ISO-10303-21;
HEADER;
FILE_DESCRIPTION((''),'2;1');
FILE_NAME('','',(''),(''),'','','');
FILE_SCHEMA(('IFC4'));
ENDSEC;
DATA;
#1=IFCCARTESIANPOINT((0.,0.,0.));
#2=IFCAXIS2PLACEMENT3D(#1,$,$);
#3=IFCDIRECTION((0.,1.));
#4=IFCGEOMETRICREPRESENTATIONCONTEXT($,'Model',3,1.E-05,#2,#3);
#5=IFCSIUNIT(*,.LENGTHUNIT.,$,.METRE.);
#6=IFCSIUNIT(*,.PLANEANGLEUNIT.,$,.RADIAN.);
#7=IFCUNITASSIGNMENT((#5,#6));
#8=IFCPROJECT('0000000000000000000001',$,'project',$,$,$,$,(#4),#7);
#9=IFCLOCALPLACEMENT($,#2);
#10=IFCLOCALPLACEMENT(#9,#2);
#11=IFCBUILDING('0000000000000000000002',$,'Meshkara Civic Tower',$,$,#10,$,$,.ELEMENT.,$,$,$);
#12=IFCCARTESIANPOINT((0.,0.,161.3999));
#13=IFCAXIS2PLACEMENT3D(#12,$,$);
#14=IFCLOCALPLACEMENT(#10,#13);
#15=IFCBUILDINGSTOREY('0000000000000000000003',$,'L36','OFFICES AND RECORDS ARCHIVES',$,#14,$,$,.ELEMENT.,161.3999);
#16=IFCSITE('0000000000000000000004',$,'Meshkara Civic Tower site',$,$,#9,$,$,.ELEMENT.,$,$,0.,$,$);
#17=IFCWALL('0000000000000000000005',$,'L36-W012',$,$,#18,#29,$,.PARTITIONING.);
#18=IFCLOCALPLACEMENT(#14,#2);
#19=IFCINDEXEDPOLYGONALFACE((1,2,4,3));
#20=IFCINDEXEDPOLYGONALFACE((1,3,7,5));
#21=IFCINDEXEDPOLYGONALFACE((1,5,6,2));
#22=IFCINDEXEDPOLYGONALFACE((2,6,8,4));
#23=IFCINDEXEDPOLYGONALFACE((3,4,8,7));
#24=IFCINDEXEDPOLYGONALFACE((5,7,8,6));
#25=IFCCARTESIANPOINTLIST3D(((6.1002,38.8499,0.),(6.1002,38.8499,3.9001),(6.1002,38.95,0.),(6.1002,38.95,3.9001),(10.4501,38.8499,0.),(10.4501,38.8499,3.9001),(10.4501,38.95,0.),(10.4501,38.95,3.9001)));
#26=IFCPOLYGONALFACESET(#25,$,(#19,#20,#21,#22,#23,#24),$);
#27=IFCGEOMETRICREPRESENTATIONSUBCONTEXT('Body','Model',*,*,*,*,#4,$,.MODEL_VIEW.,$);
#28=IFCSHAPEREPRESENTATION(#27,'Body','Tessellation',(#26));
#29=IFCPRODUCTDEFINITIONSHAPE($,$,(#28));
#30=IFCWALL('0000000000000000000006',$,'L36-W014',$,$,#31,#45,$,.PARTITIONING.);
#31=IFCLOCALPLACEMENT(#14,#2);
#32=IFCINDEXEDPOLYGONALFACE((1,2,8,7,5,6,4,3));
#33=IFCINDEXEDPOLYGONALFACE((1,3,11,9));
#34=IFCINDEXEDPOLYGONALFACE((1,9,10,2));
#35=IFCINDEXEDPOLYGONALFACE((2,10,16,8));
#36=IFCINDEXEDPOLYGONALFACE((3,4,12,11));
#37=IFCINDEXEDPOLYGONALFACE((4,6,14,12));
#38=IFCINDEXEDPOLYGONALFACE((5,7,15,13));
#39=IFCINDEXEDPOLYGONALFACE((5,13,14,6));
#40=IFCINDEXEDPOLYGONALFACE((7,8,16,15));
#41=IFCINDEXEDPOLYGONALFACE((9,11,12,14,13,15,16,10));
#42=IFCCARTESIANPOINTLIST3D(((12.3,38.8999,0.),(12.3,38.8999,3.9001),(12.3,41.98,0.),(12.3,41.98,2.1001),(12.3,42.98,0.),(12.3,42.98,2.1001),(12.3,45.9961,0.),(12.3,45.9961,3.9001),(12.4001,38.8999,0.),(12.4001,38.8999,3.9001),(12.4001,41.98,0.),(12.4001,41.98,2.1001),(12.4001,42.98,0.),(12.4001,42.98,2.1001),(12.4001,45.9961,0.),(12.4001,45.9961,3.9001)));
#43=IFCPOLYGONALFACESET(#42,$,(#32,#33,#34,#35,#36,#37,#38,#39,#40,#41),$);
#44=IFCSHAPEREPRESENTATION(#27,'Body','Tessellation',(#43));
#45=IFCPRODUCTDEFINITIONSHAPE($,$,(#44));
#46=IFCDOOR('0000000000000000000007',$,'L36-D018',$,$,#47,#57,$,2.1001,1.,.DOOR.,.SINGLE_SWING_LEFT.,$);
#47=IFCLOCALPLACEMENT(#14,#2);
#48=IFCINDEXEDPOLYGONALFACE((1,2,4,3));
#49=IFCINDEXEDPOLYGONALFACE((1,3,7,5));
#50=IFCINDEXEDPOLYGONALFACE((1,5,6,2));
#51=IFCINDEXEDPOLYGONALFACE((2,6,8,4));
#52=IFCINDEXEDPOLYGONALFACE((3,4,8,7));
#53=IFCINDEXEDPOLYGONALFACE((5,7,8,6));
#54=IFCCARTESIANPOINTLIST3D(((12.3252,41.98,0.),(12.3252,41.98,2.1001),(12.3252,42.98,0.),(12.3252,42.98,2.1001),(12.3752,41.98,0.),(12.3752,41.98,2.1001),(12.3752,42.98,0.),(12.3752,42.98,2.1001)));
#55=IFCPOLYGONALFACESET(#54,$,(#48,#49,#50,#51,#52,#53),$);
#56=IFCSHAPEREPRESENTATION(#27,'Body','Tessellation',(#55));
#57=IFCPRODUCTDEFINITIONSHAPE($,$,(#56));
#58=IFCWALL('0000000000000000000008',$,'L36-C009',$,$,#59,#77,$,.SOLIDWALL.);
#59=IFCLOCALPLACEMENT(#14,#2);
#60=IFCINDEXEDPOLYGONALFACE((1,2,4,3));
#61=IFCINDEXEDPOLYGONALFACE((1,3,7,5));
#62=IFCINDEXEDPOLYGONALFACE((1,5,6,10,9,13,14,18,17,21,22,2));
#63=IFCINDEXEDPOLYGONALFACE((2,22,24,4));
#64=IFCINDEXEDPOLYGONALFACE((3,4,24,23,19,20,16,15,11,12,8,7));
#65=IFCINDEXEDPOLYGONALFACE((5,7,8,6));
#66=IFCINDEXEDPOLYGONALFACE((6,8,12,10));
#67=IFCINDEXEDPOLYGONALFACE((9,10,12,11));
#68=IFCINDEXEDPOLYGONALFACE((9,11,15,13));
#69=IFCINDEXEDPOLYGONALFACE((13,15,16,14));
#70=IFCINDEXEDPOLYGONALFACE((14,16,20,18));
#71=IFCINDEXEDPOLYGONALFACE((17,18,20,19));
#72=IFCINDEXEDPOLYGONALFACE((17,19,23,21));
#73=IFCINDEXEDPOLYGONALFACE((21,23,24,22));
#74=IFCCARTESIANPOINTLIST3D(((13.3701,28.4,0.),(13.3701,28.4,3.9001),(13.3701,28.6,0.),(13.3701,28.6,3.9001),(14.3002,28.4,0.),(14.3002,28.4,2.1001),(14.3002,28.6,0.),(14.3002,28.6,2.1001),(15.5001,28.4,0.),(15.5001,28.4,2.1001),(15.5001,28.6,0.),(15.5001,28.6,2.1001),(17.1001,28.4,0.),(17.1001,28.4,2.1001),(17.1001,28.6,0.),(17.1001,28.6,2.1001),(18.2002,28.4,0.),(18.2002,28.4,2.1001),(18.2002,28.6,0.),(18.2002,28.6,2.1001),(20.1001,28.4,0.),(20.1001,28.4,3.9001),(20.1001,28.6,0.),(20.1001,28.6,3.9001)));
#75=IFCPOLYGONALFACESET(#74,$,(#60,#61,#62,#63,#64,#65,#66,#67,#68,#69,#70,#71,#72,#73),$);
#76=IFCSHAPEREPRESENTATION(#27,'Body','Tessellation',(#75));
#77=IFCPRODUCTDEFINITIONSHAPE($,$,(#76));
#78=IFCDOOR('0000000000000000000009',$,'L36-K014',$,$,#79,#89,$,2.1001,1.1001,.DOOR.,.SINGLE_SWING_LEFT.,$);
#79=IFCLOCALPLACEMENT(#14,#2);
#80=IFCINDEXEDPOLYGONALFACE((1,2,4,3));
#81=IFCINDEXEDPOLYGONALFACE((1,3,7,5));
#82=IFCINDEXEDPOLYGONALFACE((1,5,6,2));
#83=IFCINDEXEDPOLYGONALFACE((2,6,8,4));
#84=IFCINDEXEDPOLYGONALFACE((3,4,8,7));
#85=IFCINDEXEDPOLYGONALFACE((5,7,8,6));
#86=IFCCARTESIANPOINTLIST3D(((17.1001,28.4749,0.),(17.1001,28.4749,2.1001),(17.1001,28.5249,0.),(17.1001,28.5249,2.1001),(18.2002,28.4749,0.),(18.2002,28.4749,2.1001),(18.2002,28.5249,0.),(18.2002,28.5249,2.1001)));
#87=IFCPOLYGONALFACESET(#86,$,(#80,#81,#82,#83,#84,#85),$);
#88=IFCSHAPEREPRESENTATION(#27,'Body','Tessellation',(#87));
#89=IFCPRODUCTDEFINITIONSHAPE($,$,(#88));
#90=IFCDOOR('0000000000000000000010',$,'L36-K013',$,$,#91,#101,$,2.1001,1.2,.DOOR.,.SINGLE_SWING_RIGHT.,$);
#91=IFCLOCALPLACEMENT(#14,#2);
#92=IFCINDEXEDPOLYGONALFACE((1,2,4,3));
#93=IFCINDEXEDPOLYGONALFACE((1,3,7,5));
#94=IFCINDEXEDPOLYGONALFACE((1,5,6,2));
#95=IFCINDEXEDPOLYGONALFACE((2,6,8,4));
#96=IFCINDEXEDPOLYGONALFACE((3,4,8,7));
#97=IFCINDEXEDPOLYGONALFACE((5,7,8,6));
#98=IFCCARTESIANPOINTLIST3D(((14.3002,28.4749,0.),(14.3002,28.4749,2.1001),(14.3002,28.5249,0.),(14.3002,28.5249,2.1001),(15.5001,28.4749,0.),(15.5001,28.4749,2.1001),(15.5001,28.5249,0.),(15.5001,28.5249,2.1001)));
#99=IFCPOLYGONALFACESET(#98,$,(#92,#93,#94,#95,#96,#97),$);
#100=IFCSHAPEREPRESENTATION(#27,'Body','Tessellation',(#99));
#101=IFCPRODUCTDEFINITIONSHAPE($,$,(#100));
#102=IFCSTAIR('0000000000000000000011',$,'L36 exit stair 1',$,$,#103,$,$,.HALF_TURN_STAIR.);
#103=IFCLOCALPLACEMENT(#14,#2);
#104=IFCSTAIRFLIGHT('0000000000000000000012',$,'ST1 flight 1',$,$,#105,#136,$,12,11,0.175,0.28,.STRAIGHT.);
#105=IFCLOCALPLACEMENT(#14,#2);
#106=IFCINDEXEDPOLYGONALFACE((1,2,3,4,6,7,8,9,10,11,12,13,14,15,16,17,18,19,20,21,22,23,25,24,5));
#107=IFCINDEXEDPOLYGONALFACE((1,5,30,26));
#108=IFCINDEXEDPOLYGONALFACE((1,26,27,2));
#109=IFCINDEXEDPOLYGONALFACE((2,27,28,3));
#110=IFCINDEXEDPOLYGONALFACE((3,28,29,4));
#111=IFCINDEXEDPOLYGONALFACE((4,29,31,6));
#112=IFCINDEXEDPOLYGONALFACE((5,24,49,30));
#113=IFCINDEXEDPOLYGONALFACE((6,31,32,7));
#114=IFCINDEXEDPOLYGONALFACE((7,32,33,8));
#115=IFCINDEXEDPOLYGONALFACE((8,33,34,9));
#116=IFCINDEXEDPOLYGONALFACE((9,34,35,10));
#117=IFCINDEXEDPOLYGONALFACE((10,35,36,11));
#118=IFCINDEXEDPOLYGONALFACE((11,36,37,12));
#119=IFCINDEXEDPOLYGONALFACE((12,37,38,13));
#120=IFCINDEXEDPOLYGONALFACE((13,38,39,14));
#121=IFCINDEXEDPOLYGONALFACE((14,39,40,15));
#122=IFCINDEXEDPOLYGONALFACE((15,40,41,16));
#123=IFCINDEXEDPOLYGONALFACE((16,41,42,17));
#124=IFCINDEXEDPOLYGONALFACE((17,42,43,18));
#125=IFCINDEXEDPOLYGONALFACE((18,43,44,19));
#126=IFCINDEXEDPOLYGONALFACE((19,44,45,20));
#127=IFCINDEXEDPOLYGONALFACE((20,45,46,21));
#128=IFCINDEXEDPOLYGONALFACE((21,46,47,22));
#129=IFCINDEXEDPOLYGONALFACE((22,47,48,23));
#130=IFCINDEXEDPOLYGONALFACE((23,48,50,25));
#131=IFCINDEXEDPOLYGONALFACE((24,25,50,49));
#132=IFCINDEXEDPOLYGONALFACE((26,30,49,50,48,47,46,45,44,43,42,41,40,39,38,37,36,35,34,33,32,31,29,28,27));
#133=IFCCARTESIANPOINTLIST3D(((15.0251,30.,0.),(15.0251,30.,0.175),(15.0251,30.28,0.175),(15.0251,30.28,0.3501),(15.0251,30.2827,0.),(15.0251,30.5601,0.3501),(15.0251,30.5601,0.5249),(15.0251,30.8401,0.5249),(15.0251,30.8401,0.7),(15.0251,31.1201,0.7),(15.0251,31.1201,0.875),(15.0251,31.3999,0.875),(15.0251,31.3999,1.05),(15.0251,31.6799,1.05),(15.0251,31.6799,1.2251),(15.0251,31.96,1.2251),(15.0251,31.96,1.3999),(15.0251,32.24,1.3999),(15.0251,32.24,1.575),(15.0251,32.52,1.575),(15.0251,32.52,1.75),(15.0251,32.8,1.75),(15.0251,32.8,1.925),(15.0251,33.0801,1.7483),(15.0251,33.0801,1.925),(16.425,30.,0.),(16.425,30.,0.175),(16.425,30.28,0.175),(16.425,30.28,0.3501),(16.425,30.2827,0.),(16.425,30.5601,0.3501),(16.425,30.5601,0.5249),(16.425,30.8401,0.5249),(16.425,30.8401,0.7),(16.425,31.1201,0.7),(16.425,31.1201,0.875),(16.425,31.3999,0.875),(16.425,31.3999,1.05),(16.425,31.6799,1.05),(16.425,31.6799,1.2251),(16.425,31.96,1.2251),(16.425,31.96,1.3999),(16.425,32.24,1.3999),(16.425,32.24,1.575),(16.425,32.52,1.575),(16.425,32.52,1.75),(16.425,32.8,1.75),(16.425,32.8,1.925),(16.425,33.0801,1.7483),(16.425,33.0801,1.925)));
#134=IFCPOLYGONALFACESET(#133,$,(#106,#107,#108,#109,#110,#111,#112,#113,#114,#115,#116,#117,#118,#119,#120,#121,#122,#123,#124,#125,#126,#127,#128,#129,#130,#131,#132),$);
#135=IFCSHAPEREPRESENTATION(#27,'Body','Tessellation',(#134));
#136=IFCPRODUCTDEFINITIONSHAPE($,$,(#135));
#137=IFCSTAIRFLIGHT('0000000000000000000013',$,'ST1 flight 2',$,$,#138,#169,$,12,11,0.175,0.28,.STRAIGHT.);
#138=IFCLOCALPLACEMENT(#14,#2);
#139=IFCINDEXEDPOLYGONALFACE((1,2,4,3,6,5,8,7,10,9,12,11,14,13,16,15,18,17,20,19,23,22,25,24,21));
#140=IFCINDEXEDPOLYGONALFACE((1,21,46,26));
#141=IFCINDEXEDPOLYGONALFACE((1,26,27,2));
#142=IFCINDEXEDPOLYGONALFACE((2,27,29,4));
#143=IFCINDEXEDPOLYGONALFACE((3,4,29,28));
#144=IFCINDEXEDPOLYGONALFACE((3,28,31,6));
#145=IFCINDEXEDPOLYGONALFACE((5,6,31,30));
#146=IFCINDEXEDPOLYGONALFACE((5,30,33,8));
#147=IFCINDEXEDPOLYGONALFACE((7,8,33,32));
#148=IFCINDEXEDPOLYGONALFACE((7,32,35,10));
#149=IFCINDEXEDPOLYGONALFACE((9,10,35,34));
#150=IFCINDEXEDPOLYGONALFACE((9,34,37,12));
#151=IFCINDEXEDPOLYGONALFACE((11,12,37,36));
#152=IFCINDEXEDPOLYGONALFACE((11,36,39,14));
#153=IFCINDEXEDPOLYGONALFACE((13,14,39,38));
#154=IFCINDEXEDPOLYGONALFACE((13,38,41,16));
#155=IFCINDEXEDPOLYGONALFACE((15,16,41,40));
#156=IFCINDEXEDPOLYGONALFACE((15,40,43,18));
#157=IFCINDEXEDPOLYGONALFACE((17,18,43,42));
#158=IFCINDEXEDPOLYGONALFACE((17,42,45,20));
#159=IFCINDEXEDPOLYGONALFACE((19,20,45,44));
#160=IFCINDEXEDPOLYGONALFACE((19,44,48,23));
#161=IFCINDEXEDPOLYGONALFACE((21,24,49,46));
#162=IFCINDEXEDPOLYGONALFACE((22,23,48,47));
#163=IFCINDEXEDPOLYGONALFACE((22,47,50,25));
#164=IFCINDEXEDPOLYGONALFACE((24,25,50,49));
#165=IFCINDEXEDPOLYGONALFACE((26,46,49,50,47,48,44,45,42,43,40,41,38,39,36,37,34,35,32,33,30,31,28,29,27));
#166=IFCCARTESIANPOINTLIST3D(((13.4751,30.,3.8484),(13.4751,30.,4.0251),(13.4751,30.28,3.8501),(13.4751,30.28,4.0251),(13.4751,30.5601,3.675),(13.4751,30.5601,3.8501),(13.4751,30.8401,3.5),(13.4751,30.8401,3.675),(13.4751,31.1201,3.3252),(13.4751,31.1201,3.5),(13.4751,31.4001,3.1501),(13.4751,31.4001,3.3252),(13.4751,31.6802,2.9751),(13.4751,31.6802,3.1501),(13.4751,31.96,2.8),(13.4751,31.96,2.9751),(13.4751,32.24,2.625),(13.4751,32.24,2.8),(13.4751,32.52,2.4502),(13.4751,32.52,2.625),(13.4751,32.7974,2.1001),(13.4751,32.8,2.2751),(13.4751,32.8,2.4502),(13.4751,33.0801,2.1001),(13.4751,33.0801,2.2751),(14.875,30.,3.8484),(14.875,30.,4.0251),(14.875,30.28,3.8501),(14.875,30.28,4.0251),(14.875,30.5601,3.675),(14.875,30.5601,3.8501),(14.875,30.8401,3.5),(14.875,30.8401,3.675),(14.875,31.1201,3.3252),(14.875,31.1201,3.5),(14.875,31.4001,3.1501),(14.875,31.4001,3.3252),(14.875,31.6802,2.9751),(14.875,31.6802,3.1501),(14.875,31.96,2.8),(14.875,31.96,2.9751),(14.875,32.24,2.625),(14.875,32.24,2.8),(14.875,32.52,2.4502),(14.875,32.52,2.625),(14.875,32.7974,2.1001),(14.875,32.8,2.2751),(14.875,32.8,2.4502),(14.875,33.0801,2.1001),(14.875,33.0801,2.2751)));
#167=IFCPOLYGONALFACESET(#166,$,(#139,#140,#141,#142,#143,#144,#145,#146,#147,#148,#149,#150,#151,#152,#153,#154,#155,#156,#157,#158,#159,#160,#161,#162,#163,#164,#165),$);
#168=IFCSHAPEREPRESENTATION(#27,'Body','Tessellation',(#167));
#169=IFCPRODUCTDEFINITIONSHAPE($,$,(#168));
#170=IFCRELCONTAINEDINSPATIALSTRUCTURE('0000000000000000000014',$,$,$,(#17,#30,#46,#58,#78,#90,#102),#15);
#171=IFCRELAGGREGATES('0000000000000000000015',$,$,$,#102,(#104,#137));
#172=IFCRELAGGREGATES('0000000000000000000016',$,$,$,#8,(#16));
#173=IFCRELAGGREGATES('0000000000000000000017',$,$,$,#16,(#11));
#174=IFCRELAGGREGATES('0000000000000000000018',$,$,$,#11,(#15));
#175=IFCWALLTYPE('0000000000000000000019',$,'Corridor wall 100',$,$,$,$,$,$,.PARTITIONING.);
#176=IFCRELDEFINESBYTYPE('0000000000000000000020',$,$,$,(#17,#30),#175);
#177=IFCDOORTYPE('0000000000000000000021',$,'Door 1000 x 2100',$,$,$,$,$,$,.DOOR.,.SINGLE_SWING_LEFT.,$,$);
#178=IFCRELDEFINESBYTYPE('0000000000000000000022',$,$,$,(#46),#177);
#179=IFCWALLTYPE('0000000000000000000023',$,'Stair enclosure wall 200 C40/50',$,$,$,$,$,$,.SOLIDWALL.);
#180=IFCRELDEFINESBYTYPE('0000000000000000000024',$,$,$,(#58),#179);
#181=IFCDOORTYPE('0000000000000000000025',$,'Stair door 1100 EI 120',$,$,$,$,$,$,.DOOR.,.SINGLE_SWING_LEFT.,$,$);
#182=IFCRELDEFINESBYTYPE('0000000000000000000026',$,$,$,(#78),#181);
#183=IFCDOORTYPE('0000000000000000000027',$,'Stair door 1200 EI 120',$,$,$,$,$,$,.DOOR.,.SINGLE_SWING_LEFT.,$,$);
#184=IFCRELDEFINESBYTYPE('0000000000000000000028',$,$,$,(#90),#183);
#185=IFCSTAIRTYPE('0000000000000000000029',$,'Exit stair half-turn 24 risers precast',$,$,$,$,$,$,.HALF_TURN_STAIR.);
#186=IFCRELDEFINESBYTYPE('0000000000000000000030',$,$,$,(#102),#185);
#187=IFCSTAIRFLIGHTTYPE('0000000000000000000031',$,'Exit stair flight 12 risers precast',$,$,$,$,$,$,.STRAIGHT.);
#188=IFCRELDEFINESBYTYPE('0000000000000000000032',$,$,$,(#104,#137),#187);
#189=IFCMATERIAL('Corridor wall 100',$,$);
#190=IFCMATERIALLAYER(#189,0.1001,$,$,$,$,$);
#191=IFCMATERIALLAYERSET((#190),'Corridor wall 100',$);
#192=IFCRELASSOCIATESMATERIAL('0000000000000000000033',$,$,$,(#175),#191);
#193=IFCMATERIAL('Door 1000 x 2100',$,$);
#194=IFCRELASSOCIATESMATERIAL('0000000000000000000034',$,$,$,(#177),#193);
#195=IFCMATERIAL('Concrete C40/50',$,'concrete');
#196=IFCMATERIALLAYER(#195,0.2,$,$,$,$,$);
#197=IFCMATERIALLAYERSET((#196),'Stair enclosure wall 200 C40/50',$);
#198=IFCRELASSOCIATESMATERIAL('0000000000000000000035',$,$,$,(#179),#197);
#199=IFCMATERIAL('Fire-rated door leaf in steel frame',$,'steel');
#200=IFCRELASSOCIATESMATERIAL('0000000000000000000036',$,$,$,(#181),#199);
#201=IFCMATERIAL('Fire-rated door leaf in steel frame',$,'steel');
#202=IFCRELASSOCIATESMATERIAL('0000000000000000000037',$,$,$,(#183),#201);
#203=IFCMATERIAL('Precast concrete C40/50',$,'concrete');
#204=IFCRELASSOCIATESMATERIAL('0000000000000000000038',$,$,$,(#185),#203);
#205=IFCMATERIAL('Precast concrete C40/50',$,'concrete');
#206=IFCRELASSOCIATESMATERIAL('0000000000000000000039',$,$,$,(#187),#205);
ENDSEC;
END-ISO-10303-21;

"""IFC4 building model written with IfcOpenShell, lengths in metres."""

from ifc_helpers import new_model, si_unit, direction, frame, frame_2d, origin, place, context, subcontext, project, spatial, polyline, rectangle, outline, extrude, material, layer, layer_set, type_object, element, fill, aggregate, save


model = new_model("IFC4")

# Units and contexts
model_context = context("Model", 3, precision=1e-05, world=origin(), true_north=direction((0.0, 1.0)))
body_context = subcontext(model_context, "Body", "Model", "MODEL_VIEW")
ifc_project = project(units=[si_unit("LENGTHUNIT", "METRE"), si_unit("PLANEANGLEUNIT", "RADIAN")], contexts=[model_context])

# Site, building, storey
site_placement = place(None, origin())
site = spatial("IfcSite", under=ifc_project, at=site_placement, Name="Meshkara Civic Tower site", CompositionType="ELEMENT", RefElevation=0.0)
building_placement = place(site_placement, origin())
building = spatial("IfcBuilding", under=site, at=building_placement, Name="Meshkara Civic Tower", CompositionType="ELEMENT")
storey_placement = place(building_placement, frame((0.0, 0.0, 161.3999)))
storey = spatial("IfcBuildingStorey", under=building, at=storey_placement, Name="L36", Description="OFFICES AND RECORDS ARCHIVES", CompositionType="ELEMENT", Elevation=161.3999)

# Shared definitions
ifc_material_1 = material(Name="Corridor wall 100")
ifc_layer_1 = layer(ifc_material_1, 0.1001)
ifc_layer_set_1 = layer_set([ifc_layer_1], Name="Corridor wall 100")
wall_type_1 = type_object("IfcWallType", Name="Corridor wall 100", PredefinedType="PARTITIONING", material=ifc_layer_set_1)
ifc_material_2 = material(Name="Door 1000 x 2100")
door_type_1 = type_object("IfcDoorType", Name="Door 1000 x 2100", OperationType="SINGLE_SWING_LEFT", PredefinedType="DOOR", material=ifc_material_2)

# Wall
wall_1_placement = place(storey_placement, frame((10.45, 38.8999, 0.0), z_axis=(0.0, 0.0, 1.0), x_axis=(-1.0, 0.0, 0.0)))
element("IfcWall", 1, at=wall_1_placement, inside=storey, type_object=wall_type_1, Name="L36-W012", PredefinedType="PARTITIONING", context=body_context, shape_type="SweptSolid", body=[
    extrude(rectangle(XDim=4.3499, YDim=0.1001, at=frame_2d((2.1748, 0.0))), origin(), (0.0, 0.0, 1.0), 3.9001),
])

# Wall, opening, door
wall_2_placement = place(storey_placement, frame((12.3501, 38.8999, 0.0), z_axis=(0.0, 0.0, 1.0), x_axis=(0.0, 1.0, 0.0)))
wall_2 = element("IfcWall", 2, at=wall_2_placement, inside=storey, type_object=wall_type_1, Name="L36-W014", PredefinedType="PARTITIONING", context=body_context, shape_type="SweptSolid", body=[
    extrude(rectangle(XDim=7.0962, YDim=0.1001, at=frame_2d((3.5481, 0.0))), origin(), (0.0, 0.0, 1.0), 3.9001),
])
opening_1_placement = place(wall_2_placement, frame((3.0801, 0.0, 0.0)))
opening_1 = element("IfcOpeningElement", 3, at=opening_1_placement, cuts=wall_2, PredefinedType="OPENING", context=body_context, shape_type="SweptSolid", body=[
    extrude(rectangle(XDim=1.0, YDim=2.1001, at=frame_2d((0.5, 1.05))), frame((0.0, 0.0601, 0.0), z_axis=(0.0, -1.0, 0.0), x_axis=(1.0, 0.0, 0.0)), (0.0, 0.0, 1.0), 0.1201),
])
door_1_placement = place(opening_1_placement, origin())
door_1 = element("IfcDoor", 4, at=door_1_placement, inside=storey, type_object=door_type_1, Name="L36-D018", OperationType="SINGLE_SWING_LEFT", OverallHeight=2.1001, OverallWidth=1.0, PredefinedType="DOOR", context=body_context, shape_type="SweptSolid", body=[
    extrude(rectangle(XDim=1.0, YDim=2.1001, at=frame_2d((0.5, 1.05))), frame((0.0, 0.0249, 0.0), z_axis=(0.0, -1.0, 0.0), x_axis=(1.0, 0.0, 0.0)), (0.0, 0.0, 1.0), 0.05),
])
fill(opening_1, door_1)

# Wall, openings, doors
ifc_material_3 = material(Name="Concrete C40/50", Category="concrete")
ifc_layer_2 = layer(ifc_material_3, 0.2)
ifc_layer_set_2 = layer_set([ifc_layer_2], Name="Stair enclosure wall 200 C40/50")
wall_type_2 = type_object("IfcWallType", Name="Stair enclosure wall 200 C40/50", PredefinedType="SOLIDWALL", material=ifc_layer_set_2)
wall_3_placement = place(storey_placement, frame((13.3701, 28.5, 0.0), z_axis=(0.0, 0.0, 1.0), x_axis=(1.0, 0.0, 0.0)))
wall_3 = element("IfcWall", 5, at=wall_3_placement, inside=storey, type_object=wall_type_2, Name="L36-C009", PredefinedType="SOLIDWALL", context=body_context, shape_type="SweptSolid", body=[
    extrude(rectangle(XDim=6.73, YDim=0.2, at=frame_2d((3.365, 0.0))), origin(), (0.0, 0.0, 1.0), 3.9001),
])
opening_2_placement = place(wall_3_placement, frame((0.9299, 0.0, 0.0)))
opening_2 = element("IfcOpeningElement", 6, at=opening_2_placement, cuts=wall_3, PredefinedType="OPENING", context=body_context, shape_type="SweptSolid", body=[
    extrude(rectangle(XDim=1.2, YDim=2.1001, at=frame_2d((0.6001, 1.05))), frame((0.0, 0.1099, 0.0), z_axis=(0.0, -1.0, 0.0), x_axis=(1.0, 0.0, 0.0)), (0.0, 0.0, 1.0), 0.22),
])
opening_3_placement = place(wall_3_placement, frame((3.73, 0.0, 0.0)))
opening_3 = element("IfcOpeningElement", 7, at=opening_3_placement, cuts=wall_3, PredefinedType="OPENING", context=body_context, shape_type="SweptSolid", body=[
    extrude(rectangle(XDim=1.1001, YDim=2.1001, at=frame_2d((0.55, 1.05))), frame((0.0, 0.1099, 0.0), z_axis=(0.0, -1.0, 0.0), x_axis=(1.0, 0.0, 0.0)), (0.0, 0.0, 1.0), 0.22),
])
ifc_material_4 = material(Name="Fire-rated door leaf in steel frame", Category="steel")
door_type_2 = type_object("IfcDoorType", Name="Stair door 1100 EI 120", OperationType="SINGLE_SWING_LEFT", PredefinedType="DOOR", material=ifc_material_4)
door_2_placement = place(opening_3_placement, origin())
door_2 = element("IfcDoor", 8, at=door_2_placement, inside=storey, type_object=door_type_2, Name="L36-K014", OperationType="SINGLE_SWING_LEFT", OverallHeight=2.1001, OverallWidth=1.1001, PredefinedType="DOOR", context=body_context, shape_type="SweptSolid", body=[
    extrude(rectangle(XDim=1.1001, YDim=2.1001, at=frame_2d((0.55, 1.05))), frame((0.0, 0.0249, 0.0), z_axis=(0.0, -1.0, 0.0), x_axis=(1.0, 0.0, 0.0)), (0.0, 0.0, 1.0), 0.05),
])
fill(opening_3, door_2)
ifc_material_5 = material(Name="Fire-rated door leaf in steel frame", Category="steel")
door_type_3 = type_object("IfcDoorType", Name="Stair door 1200 EI 120", OperationType="SINGLE_SWING_LEFT", PredefinedType="DOOR", material=ifc_material_5)
door_3_placement = place(opening_2_placement, origin())
door_3 = element("IfcDoor", 9, at=door_3_placement, inside=storey, type_object=door_type_3, Name="L36-K013", OperationType="SINGLE_SWING_RIGHT", OverallHeight=2.1001, OverallWidth=1.2, PredefinedType="DOOR", context=body_context, shape_type="SweptSolid", body=[
    extrude(rectangle(XDim=1.2, YDim=2.1001, at=frame_2d((0.6001, 1.05))), frame((0.0, 0.0249, 0.0), z_axis=(0.0, -1.0, 0.0), x_axis=(1.0, 0.0, 0.0)), (0.0, 0.0, 1.0), 0.05),
])
fill(opening_2, door_3)

# Stair, stair flights
ifc_material_6 = material(Name="Precast concrete C40/50", Category="concrete")
stair_type = type_object("IfcStairType", Name="Exit stair half-turn 24 risers precast", PredefinedType="HALF_TURN_STAIR", material=ifc_material_6)
stair_placement = place(storey_placement, origin())
stair = element("IfcStair", 10, at=stair_placement, inside=storey, type_object=stair_type, Name="L36 exit stair 1", PredefinedType="HALF_TURN_STAIR")
ifc_material_7 = material(Name="Precast concrete C40/50", Category="concrete")
stair_flight_type = type_object("IfcStairFlightType", Name="Exit stair flight 12 risers precast", PredefinedType="STRAIGHT", material=ifc_material_7)
stair_flight_1_placement = place(storey_placement, frame((15.7251, 30.0, 0.0), z_axis=(0.0, 0.0, 1.0), x_axis=(0.0, 1.0, 0.0)))
stair_flight_1 = element("IfcStairFlight", 11, at=stair_flight_1_placement, type_object=stair_flight_type, Name="ST1 flight 1", NumberOfRisers=12, NumberOfTreads=11, PredefinedType="STRAIGHT", RiserHeight=0.175, TreadLength=0.28, context=body_context, shape_type="SweptSolid", body=[
    extrude(outline(polyline([(0.0, 0.0), (0.0, 0.175), (0.28, 0.175), (0.28, 0.3501), (0.5601, 0.3501), (0.5601, 0.5249), (0.8401, 0.5249), (0.8401, 0.7), (1.1201, 0.7), (1.1201, 0.875), (1.3999, 0.875), (1.3999, 1.05), (1.6799, 1.05), (1.6799, 1.2251), (1.96, 1.2251), (1.96, 1.3999), (2.24, 1.3999), (2.24, 1.575), (2.52, 1.575), (2.52, 1.75), (2.8, 1.75), (2.8, 1.925), (3.0801, 1.925), (3.0801, 2.1001), (3.0801, 1.7483), (0.2827, 0.0), (0.0, 0.0)])), frame((0.0, 0.7, 0.0), z_axis=(0.0, -1.0, 0.0), x_axis=(1.0, 0.0, 0.0)), (0.0, 0.0, 1.0), 1.3999),
])
stair_flight_2_placement = place(storey_placement, frame((14.175, 33.0801, 2.1001), z_axis=(0.0, 0.0, 1.0), x_axis=(0.0, -1.0, 0.0)))
stair_flight_2 = element("IfcStairFlight", 12, at=stair_flight_2_placement, type_object=stair_flight_type, Name="ST1 flight 2", NumberOfRisers=12, NumberOfTreads=11, PredefinedType="STRAIGHT", RiserHeight=0.175, TreadLength=0.28, context=body_context, shape_type="SweptSolid", body=[
    extrude(outline(polyline([(0.0, 0.0), (0.0, 0.175), (0.28, 0.175), (0.28, 0.3501), (0.5601, 0.3501), (0.5601, 0.5249), (0.8401, 0.5249), (0.8401, 0.7), (1.1201, 0.7), (1.1201, 0.875), (1.3999, 0.875), (1.3999, 1.05), (1.6799, 1.05), (1.6799, 1.2251), (1.96, 1.2251), (1.96, 1.3999), (2.24, 1.3999), (2.24, 1.575), (2.52, 1.575), (2.52, 1.75), (2.8, 1.75), (2.8, 1.925), (3.0801, 1.925), (3.0801, 2.1001), (3.0801, 1.7483), (0.2827, 0.0), (0.0, 0.0)])), frame((0.0, 0.7, 0.0), z_axis=(0.0, -1.0, 0.0), x_axis=(1.0, 0.0, 0.0)), (0.0, 0.0, 1.0), 1.3999),
])
aggregate(stair, [stair_flight_1, stair_flight_2])

save(model, "model.ifc")
